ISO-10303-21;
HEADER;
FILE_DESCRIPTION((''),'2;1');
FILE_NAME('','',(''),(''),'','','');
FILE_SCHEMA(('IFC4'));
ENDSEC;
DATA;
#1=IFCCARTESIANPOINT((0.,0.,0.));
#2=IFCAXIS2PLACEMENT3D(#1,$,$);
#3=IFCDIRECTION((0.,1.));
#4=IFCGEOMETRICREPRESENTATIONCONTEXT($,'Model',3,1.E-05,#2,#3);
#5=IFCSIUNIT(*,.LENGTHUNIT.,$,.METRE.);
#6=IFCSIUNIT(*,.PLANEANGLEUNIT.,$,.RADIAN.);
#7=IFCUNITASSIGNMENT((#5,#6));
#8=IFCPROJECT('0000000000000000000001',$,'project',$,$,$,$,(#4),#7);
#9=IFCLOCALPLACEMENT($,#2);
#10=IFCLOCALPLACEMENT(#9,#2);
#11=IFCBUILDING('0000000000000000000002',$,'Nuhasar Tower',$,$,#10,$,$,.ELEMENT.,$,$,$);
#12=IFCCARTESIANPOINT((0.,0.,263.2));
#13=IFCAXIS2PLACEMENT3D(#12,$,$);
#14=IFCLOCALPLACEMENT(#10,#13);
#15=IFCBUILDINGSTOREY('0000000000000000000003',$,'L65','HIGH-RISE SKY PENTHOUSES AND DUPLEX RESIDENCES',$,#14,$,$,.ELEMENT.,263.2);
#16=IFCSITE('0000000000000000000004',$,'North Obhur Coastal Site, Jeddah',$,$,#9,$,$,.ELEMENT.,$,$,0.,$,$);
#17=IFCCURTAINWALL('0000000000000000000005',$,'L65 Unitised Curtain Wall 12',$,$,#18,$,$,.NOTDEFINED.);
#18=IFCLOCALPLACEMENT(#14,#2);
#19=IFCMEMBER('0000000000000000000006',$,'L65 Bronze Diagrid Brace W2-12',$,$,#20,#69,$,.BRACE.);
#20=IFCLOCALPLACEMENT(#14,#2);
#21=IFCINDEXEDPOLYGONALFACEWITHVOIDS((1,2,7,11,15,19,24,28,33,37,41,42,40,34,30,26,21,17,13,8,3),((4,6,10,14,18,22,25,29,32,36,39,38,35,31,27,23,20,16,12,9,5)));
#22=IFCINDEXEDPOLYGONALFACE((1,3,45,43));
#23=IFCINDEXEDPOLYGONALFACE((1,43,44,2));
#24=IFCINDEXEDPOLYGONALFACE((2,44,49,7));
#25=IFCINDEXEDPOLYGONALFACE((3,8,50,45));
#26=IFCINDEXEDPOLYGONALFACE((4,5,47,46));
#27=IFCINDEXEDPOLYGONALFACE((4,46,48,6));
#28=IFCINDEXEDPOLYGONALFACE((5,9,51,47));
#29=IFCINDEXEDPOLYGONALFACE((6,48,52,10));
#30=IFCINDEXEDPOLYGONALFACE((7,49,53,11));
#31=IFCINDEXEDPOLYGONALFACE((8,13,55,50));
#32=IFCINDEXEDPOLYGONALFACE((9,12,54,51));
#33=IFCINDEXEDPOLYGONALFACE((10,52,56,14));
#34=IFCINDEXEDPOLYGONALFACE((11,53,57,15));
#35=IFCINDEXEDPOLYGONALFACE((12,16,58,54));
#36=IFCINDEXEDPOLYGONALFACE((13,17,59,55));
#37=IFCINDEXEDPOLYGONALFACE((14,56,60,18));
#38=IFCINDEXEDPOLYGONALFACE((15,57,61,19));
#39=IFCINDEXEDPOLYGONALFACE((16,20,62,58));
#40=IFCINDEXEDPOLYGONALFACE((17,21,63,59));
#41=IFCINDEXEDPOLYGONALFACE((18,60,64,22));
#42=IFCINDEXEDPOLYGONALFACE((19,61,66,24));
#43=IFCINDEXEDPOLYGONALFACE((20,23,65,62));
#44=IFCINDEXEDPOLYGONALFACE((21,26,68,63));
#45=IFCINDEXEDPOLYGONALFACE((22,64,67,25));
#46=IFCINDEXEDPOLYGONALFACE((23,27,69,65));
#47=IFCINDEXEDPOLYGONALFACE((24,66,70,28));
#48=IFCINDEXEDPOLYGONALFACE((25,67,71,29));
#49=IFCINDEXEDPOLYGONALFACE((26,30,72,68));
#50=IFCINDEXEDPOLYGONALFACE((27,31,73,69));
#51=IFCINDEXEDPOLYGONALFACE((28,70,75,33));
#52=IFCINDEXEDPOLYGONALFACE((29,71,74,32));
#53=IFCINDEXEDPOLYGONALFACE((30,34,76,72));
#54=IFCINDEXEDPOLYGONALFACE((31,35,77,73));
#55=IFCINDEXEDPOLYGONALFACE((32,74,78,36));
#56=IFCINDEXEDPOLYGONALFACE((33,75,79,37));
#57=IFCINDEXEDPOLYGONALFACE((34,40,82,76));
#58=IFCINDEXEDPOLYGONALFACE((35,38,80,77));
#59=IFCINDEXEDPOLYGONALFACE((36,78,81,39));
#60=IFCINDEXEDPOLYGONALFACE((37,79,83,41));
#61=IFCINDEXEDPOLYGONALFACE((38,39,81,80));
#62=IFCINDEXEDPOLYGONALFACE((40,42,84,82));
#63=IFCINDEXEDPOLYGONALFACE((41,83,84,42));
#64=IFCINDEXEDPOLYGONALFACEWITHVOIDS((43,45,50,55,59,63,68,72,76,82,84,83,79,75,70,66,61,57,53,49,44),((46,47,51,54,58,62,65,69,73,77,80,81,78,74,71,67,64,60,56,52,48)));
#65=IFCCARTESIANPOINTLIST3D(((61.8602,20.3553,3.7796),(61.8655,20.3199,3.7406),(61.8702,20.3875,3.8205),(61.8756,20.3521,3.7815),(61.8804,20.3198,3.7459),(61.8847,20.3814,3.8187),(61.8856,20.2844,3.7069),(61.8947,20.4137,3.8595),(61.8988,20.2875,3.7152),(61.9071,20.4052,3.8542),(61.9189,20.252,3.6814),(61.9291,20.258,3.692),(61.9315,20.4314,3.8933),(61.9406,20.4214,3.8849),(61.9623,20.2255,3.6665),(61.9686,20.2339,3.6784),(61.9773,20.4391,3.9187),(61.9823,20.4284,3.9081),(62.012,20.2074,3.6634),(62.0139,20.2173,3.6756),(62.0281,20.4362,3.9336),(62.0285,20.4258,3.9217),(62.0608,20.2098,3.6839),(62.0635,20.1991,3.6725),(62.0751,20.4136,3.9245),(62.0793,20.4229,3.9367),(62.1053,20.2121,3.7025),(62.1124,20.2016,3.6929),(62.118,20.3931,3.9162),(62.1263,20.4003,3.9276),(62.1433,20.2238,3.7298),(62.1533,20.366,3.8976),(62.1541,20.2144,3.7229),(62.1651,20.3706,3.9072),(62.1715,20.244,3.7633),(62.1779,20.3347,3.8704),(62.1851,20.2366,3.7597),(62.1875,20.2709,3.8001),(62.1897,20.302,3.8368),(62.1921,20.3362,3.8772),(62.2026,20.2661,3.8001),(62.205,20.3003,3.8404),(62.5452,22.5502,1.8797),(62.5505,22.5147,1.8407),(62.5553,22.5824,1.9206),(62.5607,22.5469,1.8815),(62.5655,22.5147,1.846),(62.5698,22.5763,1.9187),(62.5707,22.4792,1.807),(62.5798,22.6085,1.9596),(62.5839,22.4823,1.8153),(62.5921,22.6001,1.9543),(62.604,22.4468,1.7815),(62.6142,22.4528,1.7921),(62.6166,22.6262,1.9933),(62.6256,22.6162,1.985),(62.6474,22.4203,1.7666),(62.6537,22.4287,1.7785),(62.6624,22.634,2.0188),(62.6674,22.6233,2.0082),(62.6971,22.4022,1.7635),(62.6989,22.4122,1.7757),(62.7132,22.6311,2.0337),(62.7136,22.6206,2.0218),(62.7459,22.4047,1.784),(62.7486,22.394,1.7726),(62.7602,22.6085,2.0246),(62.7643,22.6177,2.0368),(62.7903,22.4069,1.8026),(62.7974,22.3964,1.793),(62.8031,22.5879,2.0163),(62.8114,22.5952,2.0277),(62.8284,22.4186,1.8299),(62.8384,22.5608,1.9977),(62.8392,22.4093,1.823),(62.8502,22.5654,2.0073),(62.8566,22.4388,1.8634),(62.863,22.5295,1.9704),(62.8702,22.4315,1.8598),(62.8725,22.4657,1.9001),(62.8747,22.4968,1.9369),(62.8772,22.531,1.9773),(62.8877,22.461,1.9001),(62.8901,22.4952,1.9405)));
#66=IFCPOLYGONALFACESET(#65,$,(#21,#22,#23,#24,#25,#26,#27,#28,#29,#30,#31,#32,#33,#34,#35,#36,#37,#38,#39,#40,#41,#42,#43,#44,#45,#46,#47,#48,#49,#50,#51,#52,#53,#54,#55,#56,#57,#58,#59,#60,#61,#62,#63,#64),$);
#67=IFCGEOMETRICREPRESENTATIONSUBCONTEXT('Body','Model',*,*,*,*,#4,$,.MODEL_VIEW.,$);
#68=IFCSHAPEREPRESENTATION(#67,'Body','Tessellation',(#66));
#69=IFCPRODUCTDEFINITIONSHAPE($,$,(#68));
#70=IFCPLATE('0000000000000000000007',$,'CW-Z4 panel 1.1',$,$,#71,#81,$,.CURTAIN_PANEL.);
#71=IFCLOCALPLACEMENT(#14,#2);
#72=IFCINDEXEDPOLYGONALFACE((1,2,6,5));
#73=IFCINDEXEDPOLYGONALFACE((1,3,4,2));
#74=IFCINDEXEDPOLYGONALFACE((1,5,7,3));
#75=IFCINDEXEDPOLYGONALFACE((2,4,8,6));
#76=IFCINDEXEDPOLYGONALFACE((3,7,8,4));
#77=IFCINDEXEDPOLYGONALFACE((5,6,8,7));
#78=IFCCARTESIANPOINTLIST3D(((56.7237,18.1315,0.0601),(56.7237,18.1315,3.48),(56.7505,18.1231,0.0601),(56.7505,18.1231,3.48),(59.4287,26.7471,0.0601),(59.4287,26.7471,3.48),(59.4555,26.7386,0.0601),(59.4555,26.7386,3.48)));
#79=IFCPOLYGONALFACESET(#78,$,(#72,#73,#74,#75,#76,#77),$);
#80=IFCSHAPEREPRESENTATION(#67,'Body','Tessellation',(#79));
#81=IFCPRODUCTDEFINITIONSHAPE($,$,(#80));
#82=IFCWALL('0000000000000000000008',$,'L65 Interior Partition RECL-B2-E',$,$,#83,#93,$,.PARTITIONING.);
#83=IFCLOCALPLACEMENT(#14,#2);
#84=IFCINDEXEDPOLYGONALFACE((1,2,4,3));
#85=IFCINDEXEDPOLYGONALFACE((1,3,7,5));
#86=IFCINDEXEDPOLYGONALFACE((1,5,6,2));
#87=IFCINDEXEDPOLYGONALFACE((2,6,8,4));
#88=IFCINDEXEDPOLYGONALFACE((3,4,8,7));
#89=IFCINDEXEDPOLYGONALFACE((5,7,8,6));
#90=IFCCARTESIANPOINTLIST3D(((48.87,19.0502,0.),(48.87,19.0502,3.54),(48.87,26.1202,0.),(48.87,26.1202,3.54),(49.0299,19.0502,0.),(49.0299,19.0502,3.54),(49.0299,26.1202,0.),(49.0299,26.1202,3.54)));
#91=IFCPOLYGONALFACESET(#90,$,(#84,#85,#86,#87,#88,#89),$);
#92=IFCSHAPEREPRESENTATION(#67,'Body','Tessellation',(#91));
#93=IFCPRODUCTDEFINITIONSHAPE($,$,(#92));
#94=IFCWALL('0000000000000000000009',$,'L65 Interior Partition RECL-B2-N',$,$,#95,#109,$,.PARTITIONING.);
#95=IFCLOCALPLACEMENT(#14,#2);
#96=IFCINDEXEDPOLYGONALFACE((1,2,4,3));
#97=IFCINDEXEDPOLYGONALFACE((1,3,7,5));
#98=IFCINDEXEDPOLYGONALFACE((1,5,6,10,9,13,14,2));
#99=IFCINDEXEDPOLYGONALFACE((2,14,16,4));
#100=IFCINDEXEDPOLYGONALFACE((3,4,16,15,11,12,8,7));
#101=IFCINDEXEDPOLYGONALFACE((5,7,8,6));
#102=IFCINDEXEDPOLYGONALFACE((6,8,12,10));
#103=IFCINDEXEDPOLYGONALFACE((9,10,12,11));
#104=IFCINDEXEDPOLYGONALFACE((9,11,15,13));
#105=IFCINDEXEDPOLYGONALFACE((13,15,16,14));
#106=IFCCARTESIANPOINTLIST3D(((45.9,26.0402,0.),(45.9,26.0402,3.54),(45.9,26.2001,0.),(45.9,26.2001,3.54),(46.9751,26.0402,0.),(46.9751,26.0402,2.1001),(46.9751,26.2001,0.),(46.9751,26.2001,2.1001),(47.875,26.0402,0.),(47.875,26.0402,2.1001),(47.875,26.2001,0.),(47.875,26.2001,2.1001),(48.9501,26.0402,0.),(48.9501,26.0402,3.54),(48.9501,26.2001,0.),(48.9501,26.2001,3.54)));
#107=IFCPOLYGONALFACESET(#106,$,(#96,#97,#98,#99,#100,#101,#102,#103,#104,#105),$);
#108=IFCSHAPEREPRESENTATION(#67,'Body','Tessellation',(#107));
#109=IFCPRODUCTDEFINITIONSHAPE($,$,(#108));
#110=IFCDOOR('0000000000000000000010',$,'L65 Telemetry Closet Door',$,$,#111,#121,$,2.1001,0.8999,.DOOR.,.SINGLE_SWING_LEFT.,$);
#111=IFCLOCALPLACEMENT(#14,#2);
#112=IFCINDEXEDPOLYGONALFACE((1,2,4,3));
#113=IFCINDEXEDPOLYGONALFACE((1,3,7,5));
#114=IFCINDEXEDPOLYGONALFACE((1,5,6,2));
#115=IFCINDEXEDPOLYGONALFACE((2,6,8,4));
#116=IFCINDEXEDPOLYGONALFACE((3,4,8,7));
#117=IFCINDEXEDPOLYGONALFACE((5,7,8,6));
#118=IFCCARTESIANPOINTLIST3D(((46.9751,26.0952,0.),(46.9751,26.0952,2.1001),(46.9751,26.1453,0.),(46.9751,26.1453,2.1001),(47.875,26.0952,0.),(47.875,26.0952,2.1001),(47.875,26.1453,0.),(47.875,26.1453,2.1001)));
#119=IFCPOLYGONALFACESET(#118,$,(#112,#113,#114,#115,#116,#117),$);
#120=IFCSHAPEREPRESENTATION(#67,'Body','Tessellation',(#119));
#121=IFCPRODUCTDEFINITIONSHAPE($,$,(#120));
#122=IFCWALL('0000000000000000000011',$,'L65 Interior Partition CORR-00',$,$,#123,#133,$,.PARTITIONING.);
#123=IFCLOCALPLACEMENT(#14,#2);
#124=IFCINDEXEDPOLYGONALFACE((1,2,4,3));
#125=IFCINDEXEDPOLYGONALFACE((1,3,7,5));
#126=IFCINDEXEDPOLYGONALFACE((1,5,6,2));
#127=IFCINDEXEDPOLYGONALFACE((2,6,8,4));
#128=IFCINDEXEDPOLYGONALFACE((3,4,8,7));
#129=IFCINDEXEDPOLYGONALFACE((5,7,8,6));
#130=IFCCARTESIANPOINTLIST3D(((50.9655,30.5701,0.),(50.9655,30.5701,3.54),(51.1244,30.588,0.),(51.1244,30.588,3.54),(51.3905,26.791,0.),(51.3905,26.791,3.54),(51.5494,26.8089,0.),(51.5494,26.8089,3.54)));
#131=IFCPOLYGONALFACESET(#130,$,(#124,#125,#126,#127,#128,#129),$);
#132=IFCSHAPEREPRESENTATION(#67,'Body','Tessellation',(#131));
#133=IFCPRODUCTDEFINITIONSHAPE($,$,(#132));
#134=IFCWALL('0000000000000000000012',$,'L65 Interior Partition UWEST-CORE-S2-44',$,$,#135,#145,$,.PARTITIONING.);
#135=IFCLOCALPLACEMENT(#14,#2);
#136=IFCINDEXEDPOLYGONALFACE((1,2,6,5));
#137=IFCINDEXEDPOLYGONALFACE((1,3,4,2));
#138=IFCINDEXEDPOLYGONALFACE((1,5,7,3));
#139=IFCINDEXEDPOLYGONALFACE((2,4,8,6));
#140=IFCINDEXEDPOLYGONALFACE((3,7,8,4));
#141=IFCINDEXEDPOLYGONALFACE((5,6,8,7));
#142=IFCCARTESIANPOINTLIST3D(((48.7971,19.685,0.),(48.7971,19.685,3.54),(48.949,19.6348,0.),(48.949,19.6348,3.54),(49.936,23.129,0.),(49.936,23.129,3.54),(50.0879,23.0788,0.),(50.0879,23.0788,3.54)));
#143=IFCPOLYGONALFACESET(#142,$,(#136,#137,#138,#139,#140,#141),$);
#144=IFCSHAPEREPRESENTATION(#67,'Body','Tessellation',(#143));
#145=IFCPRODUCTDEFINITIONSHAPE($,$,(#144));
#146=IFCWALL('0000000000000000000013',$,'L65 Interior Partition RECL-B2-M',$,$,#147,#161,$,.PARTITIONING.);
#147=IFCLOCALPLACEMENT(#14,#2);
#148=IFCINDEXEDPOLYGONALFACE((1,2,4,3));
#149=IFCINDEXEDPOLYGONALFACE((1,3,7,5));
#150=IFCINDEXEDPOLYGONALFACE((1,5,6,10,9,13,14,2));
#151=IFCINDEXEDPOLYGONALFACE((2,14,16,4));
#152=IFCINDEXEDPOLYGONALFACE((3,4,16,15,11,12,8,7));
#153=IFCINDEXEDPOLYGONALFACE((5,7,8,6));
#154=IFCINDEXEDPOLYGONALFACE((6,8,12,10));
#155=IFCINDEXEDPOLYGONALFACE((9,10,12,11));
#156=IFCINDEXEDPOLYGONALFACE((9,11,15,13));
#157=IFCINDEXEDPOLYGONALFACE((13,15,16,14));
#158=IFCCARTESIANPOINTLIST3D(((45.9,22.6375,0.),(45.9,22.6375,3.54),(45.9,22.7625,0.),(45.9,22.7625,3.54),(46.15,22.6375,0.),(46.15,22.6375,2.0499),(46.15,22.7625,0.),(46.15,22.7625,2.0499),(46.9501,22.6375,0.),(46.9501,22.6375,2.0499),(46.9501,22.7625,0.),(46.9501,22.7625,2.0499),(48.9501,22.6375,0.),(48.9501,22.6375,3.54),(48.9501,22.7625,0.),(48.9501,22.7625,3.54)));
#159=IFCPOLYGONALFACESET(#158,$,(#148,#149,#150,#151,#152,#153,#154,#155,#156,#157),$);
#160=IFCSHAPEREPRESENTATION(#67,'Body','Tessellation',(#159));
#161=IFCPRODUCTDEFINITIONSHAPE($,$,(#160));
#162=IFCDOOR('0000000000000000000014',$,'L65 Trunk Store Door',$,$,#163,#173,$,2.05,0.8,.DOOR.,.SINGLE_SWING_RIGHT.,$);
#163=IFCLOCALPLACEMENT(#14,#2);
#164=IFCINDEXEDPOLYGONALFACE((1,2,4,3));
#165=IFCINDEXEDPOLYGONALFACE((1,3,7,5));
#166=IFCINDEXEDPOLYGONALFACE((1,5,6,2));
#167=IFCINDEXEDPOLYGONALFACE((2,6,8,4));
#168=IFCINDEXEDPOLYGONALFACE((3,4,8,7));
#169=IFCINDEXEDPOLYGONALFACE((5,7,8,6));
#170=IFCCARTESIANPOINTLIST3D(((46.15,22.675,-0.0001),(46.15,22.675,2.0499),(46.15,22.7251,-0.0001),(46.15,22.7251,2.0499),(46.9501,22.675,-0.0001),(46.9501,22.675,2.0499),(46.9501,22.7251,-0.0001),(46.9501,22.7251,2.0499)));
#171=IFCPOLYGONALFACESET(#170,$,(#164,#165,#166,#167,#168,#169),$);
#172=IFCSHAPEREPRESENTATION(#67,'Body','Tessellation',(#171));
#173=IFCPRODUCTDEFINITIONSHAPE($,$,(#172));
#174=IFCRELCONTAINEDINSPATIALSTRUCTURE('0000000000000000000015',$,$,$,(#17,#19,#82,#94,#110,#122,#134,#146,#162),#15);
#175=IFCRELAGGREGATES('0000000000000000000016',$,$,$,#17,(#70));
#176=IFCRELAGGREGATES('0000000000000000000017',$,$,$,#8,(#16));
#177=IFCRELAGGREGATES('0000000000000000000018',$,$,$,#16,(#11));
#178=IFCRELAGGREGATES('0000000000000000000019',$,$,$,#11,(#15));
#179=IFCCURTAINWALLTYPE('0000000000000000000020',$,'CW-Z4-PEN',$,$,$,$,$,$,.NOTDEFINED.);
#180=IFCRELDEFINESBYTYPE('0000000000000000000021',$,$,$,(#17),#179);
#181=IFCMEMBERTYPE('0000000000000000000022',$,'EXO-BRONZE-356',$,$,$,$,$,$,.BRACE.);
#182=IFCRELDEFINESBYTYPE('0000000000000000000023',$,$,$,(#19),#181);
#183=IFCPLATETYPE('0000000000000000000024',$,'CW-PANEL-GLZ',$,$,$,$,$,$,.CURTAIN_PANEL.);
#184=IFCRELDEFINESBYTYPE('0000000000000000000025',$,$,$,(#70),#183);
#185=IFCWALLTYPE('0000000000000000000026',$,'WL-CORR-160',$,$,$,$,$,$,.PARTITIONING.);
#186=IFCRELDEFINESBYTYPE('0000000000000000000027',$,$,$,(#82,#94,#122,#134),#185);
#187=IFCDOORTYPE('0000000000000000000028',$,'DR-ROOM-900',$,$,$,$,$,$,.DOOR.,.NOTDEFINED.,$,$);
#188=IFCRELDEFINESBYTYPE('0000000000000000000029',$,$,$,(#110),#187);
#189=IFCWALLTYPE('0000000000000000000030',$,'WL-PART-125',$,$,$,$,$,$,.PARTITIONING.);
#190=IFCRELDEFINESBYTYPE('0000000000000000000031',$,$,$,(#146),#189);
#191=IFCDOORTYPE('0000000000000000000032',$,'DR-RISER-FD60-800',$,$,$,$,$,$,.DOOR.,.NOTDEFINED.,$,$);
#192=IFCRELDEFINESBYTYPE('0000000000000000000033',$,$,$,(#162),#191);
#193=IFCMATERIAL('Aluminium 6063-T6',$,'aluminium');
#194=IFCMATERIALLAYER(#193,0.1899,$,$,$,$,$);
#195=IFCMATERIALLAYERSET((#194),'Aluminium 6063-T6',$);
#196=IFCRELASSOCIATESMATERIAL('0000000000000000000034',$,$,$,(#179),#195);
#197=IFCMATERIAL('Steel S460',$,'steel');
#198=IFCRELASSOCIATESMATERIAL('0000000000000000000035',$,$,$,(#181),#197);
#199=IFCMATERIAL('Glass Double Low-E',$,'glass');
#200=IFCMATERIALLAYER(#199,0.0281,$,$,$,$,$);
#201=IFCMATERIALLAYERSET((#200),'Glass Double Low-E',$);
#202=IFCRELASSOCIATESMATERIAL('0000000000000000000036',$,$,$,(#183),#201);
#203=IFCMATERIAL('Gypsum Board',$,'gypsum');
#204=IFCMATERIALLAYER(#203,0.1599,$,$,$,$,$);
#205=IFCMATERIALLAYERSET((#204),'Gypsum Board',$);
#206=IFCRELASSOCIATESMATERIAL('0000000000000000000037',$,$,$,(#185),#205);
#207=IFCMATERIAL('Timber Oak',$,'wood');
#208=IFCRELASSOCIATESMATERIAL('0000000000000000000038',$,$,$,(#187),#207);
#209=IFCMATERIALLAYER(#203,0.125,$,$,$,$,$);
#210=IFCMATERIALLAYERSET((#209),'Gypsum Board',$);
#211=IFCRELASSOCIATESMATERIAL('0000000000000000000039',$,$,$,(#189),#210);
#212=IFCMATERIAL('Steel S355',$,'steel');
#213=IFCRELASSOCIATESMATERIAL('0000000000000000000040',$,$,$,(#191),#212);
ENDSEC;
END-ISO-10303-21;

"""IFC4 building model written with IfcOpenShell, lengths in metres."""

from ifc_helpers import new_model, si_unit, direction, frame, frame_2d, origin, origin_2d, place, context, subcontext, project, spatial, rectangle, hollow_circle, extrude, material, layer, layer_set, material_profile, profile_set, type_object, element, fill, aggregate, save


model = new_model("IFC4")

# Units and contexts
model_context = context("Model", 3, precision=1e-05, world=origin(), true_north=direction((0.0, 1.0)))
body_context = subcontext(model_context, "Body", "Model", "MODEL_VIEW")
ifc_project = project(units=[si_unit("LENGTHUNIT", "METRE"), si_unit("PLANEANGLEUNIT", "RADIAN")], contexts=[model_context])

# Site, building, storey
site_placement = place(None, origin())
site = spatial("IfcSite", under=ifc_project, at=site_placement, Name="North Obhur Coastal Site, Jeddah", CompositionType="ELEMENT", RefElevation=0.0)
building_placement = place(site_placement, origin())
building = spatial("IfcBuilding", under=site, at=building_placement, Name="Nuhasar Tower", CompositionType="ELEMENT")
storey_placement = place(building_placement, frame((0.0, 0.0, 263.2)))
storey = spatial("IfcBuildingStorey", under=building, at=storey_placement, Name="L65", Description="HIGH-RISE SKY PENTHOUSES AND DUPLEX RESIDENCES", CompositionType="ELEMENT", Elevation=263.2)

# Shared definitions
ifc_material_1 = material(Name="Steel S355", Category="steel")

# Curtain wall
ifc_material_2 = material(Name="Aluminium 6063-T6", Category="aluminium")
ifc_layer_1 = layer(ifc_material_2, 0.1899)
ifc_layer_set_1 = layer_set([ifc_layer_1], Name="Aluminium 6063-T6")
curtain_wall_type = type_object("IfcCurtainWallType", Name="CW-Z4-PEN", PredefinedType="NOTDEFINED", material=ifc_layer_set_1)
curtain_wall_placement = place(storey_placement, origin())
curtain_wall = element("IfcCurtainWall", 1, at=curtain_wall_placement, inside=storey, type_object=curtain_wall_type, Name="L65 Unitised Curtain Wall 12", PredefinedType="NOTDEFINED")

# Member
ifc_material_3 = material(Name="Steel S460", Category="steel")
ifc_material_profile_1 = material_profile(ifc_material_3, hollow_circle(Radius=0.1777, WallThickness=0.0159, at=origin_2d()), Name="HSS355.6X15.9")
ifc_profile_set_1 = profile_set([ifc_material_profile_1], Name="Steel S460")
member_type_1 = type_object("IfcMemberType", Name="EXO-BRONZE-356", PredefinedType="BRACE", material=ifc_profile_set_1)
member_1_placement = place(storey_placement, frame((62.718, 22.5139, 1.9001), z_axis=(-0.229681, -0.735864, 0.636985), x_axis=(0.954582, -0.297948, 0.0)))
element("IfcMember", 2, at=member_1_placement, inside=storey, type_object=member_type_1, Name="L65 Bronze Diagrid Brace W2-12", PredefinedType="BRACE", context=body_context, shape_type="SweptSolid", body=[
    extrude(hollow_circle(Radius=0.1777, WallThickness=0.0159, at=origin_2d()), origin(), (0.0, 0.0, 1.0), 2.9827),
])

# Plate
ifc_material_4 = material(Name="Glass Double Low-E", Category="glass")
ifc_layer_2 = layer(ifc_material_4, 0.0281)
ifc_layer_set_2 = layer_set([ifc_layer_2], Name="Glass Double Low-E")
plate_type = type_object("IfcPlateType", Name="CW-PANEL-GLZ", PredefinedType="CURTAIN_PANEL", material=ifc_layer_set_2)
plate_placement = place(storey_placement, frame((58.0896, 22.4351, 0.0601), z_axis=(0.0, 0.0, 1.0), x_axis=(0.299557, 0.954079, 0.0)))
plate = element("IfcPlate", 3, at=plate_placement, type_object=plate_type, Name="CW-Z4 panel 1.1", PredefinedType="CURTAIN_PANEL", context=body_context, shape_type="SweptSolid", body=[
    extrude(rectangle(XDim=9.0303, YDim=0.0281, at=origin_2d()), origin(), (0.0, 0.0, 1.0), 3.4199),
])
aggregate(curtain_wall, [plate])

# Wall
ifc_material_5 = material(Name="Gypsum Board", Category="gypsum")
ifc_layer_3 = layer(ifc_material_5, 0.1599)
ifc_layer_set_3 = layer_set([ifc_layer_3], Name="Gypsum Board")
wall_type_1 = type_object("IfcWallType", Name="WL-CORR-160", PredefinedType="PARTITIONING", material=ifc_layer_set_3)
wall_1_placement = place(storey_placement, frame((48.95, 19.05, 0.0), z_axis=(0.0, 0.0, 1.0), x_axis=(0.0, 1.0, 0.0)))
element("IfcWall", 4, at=wall_1_placement, inside=storey, type_object=wall_type_1, Name="L65 Interior Partition RECL-B2-E", PredefinedType="PARTITIONING", context=body_context, shape_type="SweptSolid", body=[
    extrude(rectangle(XDim=7.0701, YDim=0.1599, at=frame_2d((3.5352, 0.0))), origin(), (0.0, 0.0, 1.0), 3.54),
])

# Wall, opening, door
wall_2_placement = place(storey_placement, frame((48.95, 26.1201, 0.0), z_axis=(0.0, 0.0, 1.0), x_axis=(-1.0, 0.0, 0.0)))
wall_2 = element("IfcWall", 5, at=wall_2_placement, inside=storey, type_object=wall_type_1, Name="L65 Interior Partition RECL-B2-N", PredefinedType="PARTITIONING", context=body_context, shape_type="SweptSolid", body=[
    extrude(rectangle(XDim=3.05, YDim=0.1599, at=frame_2d((1.5249, 0.0))), origin(), (0.0, 0.0, 1.0), 3.54),
])
opening_1_placement = place(wall_2_placement, frame((1.075, 0.0, 0.0)))
opening_1 = element("IfcOpeningElement", 6, at=opening_1_placement, cuts=wall_2, PredefinedType="OPENING", context=body_context, shape_type="SweptSolid", body=[
    extrude(rectangle(XDim=0.8999, YDim=2.1001, at=frame_2d((0.45, 1.05))), frame((0.0, 0.0898, 0.0), z_axis=(0.0, -1.0, 0.0), x_axis=(1.0, 0.0, 0.0)), (0.0, 0.0, 1.0), 0.1799),
])
ifc_material_6 = material(Name="Timber Oak", Category="wood")
door_type_1 = type_object("IfcDoorType", Name="DR-ROOM-900", OperationType="NOTDEFINED", PredefinedType="DOOR", material=ifc_material_6)
door_1_placement = place(opening_1_placement, origin())
door_1 = element("IfcDoor", 7, at=door_1_placement, inside=storey, type_object=door_type_1, Name="L65 Telemetry Closet Door", OperationType="SINGLE_SWING_LEFT", OverallHeight=2.1001, OverallWidth=0.8999, PredefinedType="DOOR", context=body_context, shape_type="SweptSolid", body=[
    extrude(rectangle(XDim=0.8999, YDim=2.1001, at=frame_2d((0.45, 1.05))), frame((0.0, 0.0249, 0.0), z_axis=(0.0, -1.0, 0.0), x_axis=(1.0, 0.0, 0.0)), (0.0, 0.0, 1.0), 0.05),
])
fill(opening_1, door_1)

# Walls
wall_3_placement = place(storey_placement, frame((51.47, 26.8, 0.0), z_axis=(0.0, 0.0, 1.0), x_axis=(-0.11177, 0.993734, 0.0)))
element("IfcWall", 8, at=wall_3_placement, inside=storey, type_object=wall_type_1, Name="L65 Interior Partition CORR-00", PredefinedType="PARTITIONING", context=body_context, shape_type="SweptSolid", body=[
    extrude(rectangle(XDim=3.803, YDim=0.1599, at=frame_2d((1.9014, 0.0))), origin(), (0.0, 0.0, 1.0), 3.54),
])
wall_4_placement = place(storey_placement, frame((48.873, 19.6599, 0.0), z_axis=(0.0, 0.0, 1.0), x_axis=(0.313966, 0.949434, 0.0)))
element("IfcWall", 9, at=wall_4_placement, inside=storey, type_object=wall_type_1, Name="L65 Interior Partition UWEST-CORE-S2-44", PredefinedType="PARTITIONING", context=body_context, shape_type="SweptSolid", body=[
    extrude(rectangle(XDim=3.6274, YDim=0.1599, at=frame_2d((1.8137, 0.0))), origin(), (0.0, 0.0, 1.0), 3.54),
])

# Wall, opening, door
ifc_layer_4 = layer(ifc_material_5, 0.125)
ifc_layer_set_4 = layer_set([ifc_layer_4], Name="Gypsum Board")
wall_type_2 = type_object("IfcWallType", Name="WL-PART-125", PredefinedType="PARTITIONING", material=ifc_layer_set_4)
wall_5_placement = place(storey_placement, frame((48.95, 22.7, 0.0), z_axis=(0.0, 0.0, 1.0), x_axis=(-1.0, 0.0, 0.0)))
wall_5 = element("IfcWall", 10, at=wall_5_placement, inside=storey, type_object=wall_type_2, Name="L65 Interior Partition RECL-B2-M", PredefinedType="PARTITIONING", context=body_context, shape_type="SweptSolid", body=[
    extrude(rectangle(XDim=3.05, YDim=0.125, at=frame_2d((1.5249, 0.0))), origin(), (0.0, 0.0, 1.0), 3.54),
])
opening_2_placement = place(wall_5_placement, frame((2.0, 0.0, 0.0)))
opening_2 = element("IfcOpeningElement", 11, at=opening_2_placement, cuts=wall_5, PredefinedType="OPENING", context=body_context, shape_type="SweptSolid", body=[
    extrude(rectangle(XDim=0.8, YDim=2.05, at=frame_2d((0.3999, 1.0249))), frame((0.0, 0.0725, 0.0), z_axis=(0.0, -1.0, 0.0), x_axis=(1.0, 0.0, 0.0)), (0.0, 0.0, 1.0), 0.145),
])
door_type_2 = type_object("IfcDoorType", Name="DR-RISER-FD60-800", OperationType="NOTDEFINED", PredefinedType="DOOR", material=ifc_material_1)
door_2_placement = place(opening_2_placement, origin())
door_2 = element("IfcDoor", 12, at=door_2_placement, inside=storey, type_object=door_type_2, Name="L65 Trunk Store Door", OperationType="SINGLE_SWING_RIGHT", OverallHeight=2.05, OverallWidth=0.8, PredefinedType="DOOR", context=body_context, shape_type="SweptSolid", body=[
    extrude(rectangle(XDim=0.8, YDim=2.05, at=frame_2d((0.3999, 1.0249))), frame((0.0, 0.0249, 0.0), z_axis=(0.0, -1.0, 0.0), x_axis=(1.0, 0.0, 0.0)), (0.0, 0.0, 1.0), 0.05),
])
fill(opening_2, door_2)

save(model, "model.ifc")
